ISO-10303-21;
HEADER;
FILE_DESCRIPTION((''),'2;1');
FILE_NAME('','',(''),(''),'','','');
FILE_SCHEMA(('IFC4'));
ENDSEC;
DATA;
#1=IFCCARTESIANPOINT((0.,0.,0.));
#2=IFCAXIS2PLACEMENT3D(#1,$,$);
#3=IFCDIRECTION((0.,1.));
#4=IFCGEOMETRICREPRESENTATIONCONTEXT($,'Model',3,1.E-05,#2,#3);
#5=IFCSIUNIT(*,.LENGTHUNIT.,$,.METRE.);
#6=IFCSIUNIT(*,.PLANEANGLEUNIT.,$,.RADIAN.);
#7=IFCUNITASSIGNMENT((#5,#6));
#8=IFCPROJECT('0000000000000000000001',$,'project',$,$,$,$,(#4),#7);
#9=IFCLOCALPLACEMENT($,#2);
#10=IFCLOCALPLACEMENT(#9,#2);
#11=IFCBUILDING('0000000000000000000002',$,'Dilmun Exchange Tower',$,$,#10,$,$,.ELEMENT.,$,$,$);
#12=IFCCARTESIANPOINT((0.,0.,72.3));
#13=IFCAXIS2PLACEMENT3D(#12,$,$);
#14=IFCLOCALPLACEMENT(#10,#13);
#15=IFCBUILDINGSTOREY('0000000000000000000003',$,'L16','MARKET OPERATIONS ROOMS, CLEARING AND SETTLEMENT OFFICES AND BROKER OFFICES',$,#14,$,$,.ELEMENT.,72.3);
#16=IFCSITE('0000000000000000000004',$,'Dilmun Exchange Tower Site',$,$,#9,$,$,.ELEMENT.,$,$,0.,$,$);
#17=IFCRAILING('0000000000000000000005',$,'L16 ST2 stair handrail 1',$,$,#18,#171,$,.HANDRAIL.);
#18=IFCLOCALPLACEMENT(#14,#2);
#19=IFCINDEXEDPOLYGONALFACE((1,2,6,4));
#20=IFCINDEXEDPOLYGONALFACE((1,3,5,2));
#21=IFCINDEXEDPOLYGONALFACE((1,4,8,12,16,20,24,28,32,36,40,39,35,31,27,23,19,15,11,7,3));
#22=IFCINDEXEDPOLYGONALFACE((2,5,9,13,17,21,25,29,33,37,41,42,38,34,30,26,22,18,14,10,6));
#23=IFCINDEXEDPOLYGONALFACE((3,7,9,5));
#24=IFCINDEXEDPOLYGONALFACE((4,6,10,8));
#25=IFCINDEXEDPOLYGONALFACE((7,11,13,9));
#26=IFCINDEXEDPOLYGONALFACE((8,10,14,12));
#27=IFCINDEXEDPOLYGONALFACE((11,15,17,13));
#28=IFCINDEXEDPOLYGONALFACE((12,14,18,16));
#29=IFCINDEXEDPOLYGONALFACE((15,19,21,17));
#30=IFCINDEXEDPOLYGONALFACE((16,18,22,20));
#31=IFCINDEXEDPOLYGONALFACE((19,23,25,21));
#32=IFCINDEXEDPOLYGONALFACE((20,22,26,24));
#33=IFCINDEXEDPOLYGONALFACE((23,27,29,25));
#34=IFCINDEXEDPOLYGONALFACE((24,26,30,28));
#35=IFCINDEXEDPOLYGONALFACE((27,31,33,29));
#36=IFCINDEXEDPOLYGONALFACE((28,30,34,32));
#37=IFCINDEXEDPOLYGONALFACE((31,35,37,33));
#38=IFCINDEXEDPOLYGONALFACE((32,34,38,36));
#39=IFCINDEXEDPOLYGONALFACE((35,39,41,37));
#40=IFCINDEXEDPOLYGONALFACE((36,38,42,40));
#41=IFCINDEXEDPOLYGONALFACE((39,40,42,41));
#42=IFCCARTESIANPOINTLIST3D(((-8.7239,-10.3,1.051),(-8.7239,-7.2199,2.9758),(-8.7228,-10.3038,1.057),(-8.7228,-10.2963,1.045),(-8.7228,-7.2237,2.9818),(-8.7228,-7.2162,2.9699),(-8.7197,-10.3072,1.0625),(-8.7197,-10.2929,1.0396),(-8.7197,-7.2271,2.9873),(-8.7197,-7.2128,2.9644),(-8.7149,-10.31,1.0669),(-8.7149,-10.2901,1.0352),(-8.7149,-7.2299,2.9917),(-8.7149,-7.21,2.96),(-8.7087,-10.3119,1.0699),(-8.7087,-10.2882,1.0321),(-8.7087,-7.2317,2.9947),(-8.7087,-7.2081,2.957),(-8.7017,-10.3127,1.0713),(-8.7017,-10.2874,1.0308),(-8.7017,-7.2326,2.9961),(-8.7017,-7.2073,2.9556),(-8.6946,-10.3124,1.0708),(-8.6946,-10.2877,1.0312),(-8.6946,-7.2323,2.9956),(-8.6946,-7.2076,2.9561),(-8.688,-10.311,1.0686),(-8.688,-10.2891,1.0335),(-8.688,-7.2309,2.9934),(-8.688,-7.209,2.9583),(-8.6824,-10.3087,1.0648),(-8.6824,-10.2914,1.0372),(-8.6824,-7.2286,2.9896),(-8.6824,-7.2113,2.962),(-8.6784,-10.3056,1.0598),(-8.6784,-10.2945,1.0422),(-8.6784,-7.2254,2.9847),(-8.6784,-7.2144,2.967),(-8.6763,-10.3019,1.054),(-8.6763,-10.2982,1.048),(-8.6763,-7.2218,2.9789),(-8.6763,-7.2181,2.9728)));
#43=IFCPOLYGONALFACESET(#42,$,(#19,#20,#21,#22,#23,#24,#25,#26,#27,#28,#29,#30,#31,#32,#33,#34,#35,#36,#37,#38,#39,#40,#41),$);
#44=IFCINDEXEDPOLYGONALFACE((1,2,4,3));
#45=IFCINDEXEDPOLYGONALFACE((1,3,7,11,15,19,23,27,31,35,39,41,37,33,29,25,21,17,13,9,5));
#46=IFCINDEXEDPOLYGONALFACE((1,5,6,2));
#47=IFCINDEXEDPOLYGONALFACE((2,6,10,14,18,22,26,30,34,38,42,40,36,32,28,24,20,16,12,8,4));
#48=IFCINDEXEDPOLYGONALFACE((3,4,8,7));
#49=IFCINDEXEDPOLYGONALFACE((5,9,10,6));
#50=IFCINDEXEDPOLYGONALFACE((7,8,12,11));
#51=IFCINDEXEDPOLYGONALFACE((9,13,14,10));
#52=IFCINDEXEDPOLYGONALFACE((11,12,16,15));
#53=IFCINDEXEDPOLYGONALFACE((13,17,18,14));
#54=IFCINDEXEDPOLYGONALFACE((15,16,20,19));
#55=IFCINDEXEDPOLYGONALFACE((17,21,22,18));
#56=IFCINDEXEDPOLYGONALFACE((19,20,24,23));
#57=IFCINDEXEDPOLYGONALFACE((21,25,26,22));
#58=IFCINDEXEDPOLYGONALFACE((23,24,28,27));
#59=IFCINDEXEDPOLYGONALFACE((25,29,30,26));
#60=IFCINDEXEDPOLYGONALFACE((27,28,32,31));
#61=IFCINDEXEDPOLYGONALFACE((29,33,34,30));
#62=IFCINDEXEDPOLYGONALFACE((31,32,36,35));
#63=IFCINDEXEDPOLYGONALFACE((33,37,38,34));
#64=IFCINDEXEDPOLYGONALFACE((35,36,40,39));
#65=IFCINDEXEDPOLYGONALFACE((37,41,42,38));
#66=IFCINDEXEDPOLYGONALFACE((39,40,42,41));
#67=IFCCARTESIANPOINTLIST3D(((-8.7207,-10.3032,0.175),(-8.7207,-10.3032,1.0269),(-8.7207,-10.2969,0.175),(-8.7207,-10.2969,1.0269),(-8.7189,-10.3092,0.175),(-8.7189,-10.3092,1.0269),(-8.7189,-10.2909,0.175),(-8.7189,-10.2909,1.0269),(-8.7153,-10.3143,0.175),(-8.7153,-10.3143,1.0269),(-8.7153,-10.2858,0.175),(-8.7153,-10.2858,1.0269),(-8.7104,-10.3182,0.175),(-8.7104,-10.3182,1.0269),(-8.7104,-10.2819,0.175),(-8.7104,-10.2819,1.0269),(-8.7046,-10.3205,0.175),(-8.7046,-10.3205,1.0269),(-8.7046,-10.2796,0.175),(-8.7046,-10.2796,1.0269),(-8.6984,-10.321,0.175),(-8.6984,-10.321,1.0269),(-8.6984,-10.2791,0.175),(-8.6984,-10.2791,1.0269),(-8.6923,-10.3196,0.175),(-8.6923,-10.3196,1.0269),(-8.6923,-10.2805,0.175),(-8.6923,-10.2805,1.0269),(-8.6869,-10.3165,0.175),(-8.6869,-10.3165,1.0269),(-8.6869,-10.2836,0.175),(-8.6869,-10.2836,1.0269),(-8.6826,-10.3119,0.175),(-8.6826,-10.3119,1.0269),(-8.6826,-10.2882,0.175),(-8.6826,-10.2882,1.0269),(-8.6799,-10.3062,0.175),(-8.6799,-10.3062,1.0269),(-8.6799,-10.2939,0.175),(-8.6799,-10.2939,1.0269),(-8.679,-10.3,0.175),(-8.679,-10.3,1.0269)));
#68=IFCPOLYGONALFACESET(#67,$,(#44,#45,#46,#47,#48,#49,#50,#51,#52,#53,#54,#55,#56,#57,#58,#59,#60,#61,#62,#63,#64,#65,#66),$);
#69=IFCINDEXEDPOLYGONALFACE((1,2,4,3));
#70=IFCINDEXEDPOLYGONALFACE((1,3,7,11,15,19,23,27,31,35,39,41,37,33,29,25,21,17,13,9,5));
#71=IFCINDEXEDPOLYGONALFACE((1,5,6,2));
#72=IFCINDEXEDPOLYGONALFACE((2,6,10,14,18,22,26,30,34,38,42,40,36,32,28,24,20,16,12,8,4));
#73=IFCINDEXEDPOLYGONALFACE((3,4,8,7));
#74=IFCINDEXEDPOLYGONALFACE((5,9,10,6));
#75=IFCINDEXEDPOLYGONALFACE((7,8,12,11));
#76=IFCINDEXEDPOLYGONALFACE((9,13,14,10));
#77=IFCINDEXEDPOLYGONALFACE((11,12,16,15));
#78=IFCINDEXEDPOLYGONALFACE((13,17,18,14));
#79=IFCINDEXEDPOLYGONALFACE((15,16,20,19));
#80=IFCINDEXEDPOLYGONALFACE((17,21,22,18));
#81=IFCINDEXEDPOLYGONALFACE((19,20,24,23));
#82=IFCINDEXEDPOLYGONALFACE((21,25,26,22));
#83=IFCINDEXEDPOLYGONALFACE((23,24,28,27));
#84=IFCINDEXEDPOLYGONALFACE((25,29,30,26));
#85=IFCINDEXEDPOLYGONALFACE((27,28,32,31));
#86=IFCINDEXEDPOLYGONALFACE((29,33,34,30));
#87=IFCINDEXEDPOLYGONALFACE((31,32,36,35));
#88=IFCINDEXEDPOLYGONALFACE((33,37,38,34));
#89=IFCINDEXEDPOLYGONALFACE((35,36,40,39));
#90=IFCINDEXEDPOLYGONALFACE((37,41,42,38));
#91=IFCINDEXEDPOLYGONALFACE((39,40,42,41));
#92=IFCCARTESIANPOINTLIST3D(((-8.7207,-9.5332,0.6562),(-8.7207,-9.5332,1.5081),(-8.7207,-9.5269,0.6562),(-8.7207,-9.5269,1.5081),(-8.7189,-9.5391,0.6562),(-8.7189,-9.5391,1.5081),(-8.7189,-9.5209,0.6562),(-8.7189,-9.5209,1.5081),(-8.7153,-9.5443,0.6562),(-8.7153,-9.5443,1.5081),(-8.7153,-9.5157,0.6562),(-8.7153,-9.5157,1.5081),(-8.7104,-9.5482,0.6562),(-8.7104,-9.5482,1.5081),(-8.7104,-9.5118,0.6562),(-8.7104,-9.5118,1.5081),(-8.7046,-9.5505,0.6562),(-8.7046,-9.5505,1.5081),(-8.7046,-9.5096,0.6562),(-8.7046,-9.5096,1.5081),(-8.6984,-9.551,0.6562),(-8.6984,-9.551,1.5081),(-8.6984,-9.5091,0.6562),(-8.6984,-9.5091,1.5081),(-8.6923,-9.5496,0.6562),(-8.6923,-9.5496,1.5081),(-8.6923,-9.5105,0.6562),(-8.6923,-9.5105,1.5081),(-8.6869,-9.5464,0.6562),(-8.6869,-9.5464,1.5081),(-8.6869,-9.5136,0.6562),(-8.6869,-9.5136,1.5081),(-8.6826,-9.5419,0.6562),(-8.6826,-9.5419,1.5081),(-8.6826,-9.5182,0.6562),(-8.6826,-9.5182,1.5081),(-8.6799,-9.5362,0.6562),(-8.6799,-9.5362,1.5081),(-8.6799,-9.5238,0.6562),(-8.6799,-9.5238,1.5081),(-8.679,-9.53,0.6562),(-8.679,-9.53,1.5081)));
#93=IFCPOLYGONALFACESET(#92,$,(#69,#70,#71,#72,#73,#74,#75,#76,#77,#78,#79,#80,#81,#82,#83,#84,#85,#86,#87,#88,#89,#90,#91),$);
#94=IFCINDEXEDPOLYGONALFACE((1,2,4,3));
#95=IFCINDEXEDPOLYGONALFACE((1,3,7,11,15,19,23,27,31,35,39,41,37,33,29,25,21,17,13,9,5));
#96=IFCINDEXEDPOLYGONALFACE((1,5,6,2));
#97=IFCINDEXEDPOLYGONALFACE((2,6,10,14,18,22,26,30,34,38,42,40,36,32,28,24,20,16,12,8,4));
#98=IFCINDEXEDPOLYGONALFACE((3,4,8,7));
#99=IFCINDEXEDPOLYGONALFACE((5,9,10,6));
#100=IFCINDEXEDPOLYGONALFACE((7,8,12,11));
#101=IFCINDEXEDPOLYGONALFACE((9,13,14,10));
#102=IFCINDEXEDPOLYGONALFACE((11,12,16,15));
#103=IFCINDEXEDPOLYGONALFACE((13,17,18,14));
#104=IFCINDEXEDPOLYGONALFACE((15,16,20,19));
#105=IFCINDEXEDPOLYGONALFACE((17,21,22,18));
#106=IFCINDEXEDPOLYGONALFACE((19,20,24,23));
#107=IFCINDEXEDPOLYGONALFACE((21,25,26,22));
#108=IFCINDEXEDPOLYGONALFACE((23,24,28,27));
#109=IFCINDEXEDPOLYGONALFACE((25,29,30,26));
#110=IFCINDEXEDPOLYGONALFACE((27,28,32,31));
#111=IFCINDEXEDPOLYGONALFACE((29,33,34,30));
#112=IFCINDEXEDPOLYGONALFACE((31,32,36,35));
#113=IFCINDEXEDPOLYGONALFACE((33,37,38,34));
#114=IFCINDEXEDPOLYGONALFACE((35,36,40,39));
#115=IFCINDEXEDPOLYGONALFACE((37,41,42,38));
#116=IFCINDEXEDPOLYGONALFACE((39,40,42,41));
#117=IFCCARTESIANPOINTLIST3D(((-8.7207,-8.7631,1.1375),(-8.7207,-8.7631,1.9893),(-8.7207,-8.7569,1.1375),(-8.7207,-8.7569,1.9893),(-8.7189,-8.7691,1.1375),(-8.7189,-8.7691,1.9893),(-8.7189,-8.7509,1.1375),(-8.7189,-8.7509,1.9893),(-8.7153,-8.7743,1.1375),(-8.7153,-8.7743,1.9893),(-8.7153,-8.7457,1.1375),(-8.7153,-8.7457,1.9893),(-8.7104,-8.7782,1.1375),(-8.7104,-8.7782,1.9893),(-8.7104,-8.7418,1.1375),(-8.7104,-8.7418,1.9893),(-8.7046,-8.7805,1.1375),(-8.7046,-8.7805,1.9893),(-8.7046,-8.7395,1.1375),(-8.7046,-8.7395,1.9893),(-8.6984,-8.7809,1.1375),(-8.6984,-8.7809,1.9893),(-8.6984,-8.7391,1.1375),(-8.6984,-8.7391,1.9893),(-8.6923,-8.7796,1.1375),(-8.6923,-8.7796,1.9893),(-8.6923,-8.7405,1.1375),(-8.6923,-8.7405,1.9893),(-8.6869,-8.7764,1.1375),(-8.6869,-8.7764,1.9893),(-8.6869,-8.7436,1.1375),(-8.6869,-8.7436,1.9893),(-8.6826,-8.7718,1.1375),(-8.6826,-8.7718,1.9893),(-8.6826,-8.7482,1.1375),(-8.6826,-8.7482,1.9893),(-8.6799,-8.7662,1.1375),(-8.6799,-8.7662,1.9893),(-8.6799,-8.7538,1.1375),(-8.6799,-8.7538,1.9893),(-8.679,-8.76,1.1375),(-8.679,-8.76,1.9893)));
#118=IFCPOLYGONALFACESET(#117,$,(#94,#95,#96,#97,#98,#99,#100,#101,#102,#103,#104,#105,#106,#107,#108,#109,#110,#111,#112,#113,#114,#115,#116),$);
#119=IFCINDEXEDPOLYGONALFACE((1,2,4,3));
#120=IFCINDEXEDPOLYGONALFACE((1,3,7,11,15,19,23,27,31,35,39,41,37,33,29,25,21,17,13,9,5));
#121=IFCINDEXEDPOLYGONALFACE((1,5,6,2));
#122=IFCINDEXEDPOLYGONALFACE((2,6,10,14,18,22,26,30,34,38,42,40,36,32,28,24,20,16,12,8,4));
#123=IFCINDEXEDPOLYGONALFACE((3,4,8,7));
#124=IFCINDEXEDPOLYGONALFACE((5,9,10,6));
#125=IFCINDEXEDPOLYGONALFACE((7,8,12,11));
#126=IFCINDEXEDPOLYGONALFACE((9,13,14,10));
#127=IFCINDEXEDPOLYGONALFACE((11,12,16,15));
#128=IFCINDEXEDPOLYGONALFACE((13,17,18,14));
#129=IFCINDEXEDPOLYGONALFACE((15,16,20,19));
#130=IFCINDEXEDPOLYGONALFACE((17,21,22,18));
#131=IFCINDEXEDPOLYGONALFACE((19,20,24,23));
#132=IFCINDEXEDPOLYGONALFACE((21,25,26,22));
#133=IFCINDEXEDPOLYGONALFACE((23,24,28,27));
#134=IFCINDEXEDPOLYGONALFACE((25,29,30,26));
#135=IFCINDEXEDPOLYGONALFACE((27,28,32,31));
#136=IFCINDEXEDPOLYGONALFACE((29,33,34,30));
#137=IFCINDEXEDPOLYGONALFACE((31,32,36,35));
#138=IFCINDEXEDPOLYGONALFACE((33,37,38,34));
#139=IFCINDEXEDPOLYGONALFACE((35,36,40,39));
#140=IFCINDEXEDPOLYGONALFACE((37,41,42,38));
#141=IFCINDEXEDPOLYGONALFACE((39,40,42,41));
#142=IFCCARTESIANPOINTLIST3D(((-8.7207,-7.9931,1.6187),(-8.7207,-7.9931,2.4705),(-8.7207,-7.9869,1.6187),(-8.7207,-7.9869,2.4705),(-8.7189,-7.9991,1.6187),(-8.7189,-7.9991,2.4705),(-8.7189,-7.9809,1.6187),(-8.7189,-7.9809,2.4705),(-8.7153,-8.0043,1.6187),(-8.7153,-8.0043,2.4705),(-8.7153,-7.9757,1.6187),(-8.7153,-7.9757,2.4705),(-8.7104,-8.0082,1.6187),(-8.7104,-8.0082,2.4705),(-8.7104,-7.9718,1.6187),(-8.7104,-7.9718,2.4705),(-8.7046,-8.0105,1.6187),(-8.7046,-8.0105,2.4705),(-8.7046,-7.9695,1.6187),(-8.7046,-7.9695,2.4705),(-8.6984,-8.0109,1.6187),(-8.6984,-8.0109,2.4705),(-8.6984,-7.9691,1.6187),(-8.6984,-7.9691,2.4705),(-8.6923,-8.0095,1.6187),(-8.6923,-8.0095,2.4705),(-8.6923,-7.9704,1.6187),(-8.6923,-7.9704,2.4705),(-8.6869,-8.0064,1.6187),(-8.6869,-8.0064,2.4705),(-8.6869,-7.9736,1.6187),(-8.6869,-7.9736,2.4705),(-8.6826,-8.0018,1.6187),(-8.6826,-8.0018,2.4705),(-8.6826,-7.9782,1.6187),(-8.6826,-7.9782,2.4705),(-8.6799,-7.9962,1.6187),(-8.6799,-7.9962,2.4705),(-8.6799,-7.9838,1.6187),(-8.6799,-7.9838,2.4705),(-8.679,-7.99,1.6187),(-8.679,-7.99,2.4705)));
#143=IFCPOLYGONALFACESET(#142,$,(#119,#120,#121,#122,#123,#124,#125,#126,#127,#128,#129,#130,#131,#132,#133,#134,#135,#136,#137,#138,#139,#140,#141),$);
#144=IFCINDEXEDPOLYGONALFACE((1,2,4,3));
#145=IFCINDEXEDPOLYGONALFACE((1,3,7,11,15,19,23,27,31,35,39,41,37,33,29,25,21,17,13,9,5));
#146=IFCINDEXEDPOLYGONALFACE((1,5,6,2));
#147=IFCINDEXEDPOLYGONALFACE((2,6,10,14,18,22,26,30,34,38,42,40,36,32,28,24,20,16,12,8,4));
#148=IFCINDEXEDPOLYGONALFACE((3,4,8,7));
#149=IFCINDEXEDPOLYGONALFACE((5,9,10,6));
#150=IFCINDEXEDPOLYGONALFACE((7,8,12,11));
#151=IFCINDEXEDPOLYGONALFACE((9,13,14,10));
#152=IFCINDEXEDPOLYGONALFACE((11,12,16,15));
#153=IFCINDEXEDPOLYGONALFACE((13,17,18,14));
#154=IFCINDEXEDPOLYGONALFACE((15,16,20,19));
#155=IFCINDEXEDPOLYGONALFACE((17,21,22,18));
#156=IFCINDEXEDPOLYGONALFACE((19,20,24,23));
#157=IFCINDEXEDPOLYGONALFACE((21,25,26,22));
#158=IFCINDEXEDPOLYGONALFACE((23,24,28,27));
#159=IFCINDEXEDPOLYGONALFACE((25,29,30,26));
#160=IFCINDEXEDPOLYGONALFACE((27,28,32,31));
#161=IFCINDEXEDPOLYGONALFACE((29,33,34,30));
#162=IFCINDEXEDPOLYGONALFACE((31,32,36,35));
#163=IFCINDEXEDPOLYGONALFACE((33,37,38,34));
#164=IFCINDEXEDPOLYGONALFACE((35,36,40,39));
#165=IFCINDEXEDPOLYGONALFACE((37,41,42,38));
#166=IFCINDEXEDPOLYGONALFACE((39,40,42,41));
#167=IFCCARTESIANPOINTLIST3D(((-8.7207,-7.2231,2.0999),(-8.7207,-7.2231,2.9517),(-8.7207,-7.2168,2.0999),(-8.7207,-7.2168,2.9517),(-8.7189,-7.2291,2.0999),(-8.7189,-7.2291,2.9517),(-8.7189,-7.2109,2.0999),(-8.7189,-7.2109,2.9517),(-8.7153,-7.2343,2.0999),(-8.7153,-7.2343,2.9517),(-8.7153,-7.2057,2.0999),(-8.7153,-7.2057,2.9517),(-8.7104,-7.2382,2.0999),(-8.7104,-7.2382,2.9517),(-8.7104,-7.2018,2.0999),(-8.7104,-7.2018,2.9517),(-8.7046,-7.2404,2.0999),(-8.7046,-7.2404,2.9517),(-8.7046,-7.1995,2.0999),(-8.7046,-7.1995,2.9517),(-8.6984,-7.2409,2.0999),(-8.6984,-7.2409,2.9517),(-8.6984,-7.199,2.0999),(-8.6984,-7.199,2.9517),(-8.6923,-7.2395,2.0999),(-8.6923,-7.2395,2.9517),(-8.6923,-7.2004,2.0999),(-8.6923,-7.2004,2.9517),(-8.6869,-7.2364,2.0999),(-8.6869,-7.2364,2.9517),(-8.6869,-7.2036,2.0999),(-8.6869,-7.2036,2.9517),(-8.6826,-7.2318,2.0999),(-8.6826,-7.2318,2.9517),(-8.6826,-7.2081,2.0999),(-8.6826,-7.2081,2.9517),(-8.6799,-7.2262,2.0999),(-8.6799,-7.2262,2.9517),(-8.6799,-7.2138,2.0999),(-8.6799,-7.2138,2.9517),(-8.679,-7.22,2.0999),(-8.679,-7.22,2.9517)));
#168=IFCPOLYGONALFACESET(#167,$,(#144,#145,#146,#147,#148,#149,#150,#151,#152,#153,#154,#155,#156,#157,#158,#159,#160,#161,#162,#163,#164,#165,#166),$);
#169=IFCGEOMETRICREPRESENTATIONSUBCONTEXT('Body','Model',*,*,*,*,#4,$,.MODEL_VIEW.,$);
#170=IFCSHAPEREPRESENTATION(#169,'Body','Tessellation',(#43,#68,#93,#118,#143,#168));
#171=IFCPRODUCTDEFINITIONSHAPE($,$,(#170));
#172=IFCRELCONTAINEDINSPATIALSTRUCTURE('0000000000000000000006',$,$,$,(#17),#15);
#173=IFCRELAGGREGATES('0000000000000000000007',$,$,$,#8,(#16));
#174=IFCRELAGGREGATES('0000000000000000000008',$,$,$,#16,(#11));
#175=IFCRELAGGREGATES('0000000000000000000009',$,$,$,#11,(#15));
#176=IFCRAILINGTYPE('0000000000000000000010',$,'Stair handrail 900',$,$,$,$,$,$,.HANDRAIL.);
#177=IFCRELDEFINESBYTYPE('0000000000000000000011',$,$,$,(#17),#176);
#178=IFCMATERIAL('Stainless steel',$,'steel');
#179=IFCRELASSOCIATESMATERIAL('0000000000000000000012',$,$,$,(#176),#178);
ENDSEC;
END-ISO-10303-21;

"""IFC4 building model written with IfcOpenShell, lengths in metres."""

from ifc_helpers import new_model, si_unit, direction, frame, origin, origin_2d, place, context, subcontext, project, spatial, circle, extrude, material, type_object, element, save


model = new_model("IFC4")

# Units and contexts
model_context = context("Model", 3, precision=1e-05, world=origin(), true_north=direction((0.0, 1.0)))
body_context = subcontext(model_context, "Body", "Model", "MODEL_VIEW")
ifc_project = project(units=[si_unit("LENGTHUNIT", "METRE"), si_unit("PLANEANGLEUNIT", "RADIAN")], contexts=[model_context])

# Site, building, storey
site_placement = place(None, origin())
site = spatial("IfcSite", under=ifc_project, at=site_placement, Name="Dilmun Exchange Tower Site", CompositionType="ELEMENT", RefElevation=0.0)
building_placement = place(site_placement, origin())
building = spatial("IfcBuilding", under=site, at=building_placement, Name="Dilmun Exchange Tower", CompositionType="ELEMENT")
storey_placement = place(building_placement, frame((0.0, 0.0, 72.3)))
storey = spatial("IfcBuildingStorey", under=building, at=storey_placement, Name="L16", Description="MARKET OPERATIONS ROOMS, CLEARING AND SETTLEMENT OFFICES AND BROKER OFFICES", CompositionType="ELEMENT", Elevation=72.3)

# Railing
ifc_material_1 = material(Name="Stainless steel", Category="steel")
railing_type = type_object("IfcRailingType", Name="Stair handrail 900", PredefinedType="HANDRAIL", material=ifc_material_1)
railing_1_placement = place(storey_placement, frame((-8.7, -10.3, 0.175)))
element("IfcRailing", 1, at=railing_1_placement, inside=storey, type_object=railing_type, Name="L16 ST2 stair handrail 1", PredefinedType="HANDRAIL", context=body_context, shape_type="SweptSolid", body=[
    extrude(circle(Radius=0.0239, at=origin_2d()), frame((0.0, 0.0, 0.876), z_axis=(0.0, 0.848029, 0.529951), x_axis=(-1.0, 0.0, 0.0)), (0.0, 0.0, 1.0), 3.6321),
    extrude(circle(Radius=0.021, at=origin_2d()), origin(), (0.0, 0.0, 1.0), 0.8518),
    extrude(circle(Radius=0.021, at=origin_2d()), frame((0.0, 0.77, 0.4812)), (0.0, 0.0, 1.0), 0.8518),
    extrude(circle(Radius=0.021, at=origin_2d()), frame((0.0, 1.54, 0.9624)), (0.0, 0.0, 1.0), 0.8518),
    extrude(circle(Radius=0.021, at=origin_2d()), frame((0.0, 2.3101, 1.4436)), (0.0, 0.0, 1.0), 0.8518),
    extrude(circle(Radius=0.021, at=origin_2d()), frame((0.0, 3.0801, 1.9248)), (0.0, 0.0, 1.0), 0.8518),
])

save(model, "model.ifc")
